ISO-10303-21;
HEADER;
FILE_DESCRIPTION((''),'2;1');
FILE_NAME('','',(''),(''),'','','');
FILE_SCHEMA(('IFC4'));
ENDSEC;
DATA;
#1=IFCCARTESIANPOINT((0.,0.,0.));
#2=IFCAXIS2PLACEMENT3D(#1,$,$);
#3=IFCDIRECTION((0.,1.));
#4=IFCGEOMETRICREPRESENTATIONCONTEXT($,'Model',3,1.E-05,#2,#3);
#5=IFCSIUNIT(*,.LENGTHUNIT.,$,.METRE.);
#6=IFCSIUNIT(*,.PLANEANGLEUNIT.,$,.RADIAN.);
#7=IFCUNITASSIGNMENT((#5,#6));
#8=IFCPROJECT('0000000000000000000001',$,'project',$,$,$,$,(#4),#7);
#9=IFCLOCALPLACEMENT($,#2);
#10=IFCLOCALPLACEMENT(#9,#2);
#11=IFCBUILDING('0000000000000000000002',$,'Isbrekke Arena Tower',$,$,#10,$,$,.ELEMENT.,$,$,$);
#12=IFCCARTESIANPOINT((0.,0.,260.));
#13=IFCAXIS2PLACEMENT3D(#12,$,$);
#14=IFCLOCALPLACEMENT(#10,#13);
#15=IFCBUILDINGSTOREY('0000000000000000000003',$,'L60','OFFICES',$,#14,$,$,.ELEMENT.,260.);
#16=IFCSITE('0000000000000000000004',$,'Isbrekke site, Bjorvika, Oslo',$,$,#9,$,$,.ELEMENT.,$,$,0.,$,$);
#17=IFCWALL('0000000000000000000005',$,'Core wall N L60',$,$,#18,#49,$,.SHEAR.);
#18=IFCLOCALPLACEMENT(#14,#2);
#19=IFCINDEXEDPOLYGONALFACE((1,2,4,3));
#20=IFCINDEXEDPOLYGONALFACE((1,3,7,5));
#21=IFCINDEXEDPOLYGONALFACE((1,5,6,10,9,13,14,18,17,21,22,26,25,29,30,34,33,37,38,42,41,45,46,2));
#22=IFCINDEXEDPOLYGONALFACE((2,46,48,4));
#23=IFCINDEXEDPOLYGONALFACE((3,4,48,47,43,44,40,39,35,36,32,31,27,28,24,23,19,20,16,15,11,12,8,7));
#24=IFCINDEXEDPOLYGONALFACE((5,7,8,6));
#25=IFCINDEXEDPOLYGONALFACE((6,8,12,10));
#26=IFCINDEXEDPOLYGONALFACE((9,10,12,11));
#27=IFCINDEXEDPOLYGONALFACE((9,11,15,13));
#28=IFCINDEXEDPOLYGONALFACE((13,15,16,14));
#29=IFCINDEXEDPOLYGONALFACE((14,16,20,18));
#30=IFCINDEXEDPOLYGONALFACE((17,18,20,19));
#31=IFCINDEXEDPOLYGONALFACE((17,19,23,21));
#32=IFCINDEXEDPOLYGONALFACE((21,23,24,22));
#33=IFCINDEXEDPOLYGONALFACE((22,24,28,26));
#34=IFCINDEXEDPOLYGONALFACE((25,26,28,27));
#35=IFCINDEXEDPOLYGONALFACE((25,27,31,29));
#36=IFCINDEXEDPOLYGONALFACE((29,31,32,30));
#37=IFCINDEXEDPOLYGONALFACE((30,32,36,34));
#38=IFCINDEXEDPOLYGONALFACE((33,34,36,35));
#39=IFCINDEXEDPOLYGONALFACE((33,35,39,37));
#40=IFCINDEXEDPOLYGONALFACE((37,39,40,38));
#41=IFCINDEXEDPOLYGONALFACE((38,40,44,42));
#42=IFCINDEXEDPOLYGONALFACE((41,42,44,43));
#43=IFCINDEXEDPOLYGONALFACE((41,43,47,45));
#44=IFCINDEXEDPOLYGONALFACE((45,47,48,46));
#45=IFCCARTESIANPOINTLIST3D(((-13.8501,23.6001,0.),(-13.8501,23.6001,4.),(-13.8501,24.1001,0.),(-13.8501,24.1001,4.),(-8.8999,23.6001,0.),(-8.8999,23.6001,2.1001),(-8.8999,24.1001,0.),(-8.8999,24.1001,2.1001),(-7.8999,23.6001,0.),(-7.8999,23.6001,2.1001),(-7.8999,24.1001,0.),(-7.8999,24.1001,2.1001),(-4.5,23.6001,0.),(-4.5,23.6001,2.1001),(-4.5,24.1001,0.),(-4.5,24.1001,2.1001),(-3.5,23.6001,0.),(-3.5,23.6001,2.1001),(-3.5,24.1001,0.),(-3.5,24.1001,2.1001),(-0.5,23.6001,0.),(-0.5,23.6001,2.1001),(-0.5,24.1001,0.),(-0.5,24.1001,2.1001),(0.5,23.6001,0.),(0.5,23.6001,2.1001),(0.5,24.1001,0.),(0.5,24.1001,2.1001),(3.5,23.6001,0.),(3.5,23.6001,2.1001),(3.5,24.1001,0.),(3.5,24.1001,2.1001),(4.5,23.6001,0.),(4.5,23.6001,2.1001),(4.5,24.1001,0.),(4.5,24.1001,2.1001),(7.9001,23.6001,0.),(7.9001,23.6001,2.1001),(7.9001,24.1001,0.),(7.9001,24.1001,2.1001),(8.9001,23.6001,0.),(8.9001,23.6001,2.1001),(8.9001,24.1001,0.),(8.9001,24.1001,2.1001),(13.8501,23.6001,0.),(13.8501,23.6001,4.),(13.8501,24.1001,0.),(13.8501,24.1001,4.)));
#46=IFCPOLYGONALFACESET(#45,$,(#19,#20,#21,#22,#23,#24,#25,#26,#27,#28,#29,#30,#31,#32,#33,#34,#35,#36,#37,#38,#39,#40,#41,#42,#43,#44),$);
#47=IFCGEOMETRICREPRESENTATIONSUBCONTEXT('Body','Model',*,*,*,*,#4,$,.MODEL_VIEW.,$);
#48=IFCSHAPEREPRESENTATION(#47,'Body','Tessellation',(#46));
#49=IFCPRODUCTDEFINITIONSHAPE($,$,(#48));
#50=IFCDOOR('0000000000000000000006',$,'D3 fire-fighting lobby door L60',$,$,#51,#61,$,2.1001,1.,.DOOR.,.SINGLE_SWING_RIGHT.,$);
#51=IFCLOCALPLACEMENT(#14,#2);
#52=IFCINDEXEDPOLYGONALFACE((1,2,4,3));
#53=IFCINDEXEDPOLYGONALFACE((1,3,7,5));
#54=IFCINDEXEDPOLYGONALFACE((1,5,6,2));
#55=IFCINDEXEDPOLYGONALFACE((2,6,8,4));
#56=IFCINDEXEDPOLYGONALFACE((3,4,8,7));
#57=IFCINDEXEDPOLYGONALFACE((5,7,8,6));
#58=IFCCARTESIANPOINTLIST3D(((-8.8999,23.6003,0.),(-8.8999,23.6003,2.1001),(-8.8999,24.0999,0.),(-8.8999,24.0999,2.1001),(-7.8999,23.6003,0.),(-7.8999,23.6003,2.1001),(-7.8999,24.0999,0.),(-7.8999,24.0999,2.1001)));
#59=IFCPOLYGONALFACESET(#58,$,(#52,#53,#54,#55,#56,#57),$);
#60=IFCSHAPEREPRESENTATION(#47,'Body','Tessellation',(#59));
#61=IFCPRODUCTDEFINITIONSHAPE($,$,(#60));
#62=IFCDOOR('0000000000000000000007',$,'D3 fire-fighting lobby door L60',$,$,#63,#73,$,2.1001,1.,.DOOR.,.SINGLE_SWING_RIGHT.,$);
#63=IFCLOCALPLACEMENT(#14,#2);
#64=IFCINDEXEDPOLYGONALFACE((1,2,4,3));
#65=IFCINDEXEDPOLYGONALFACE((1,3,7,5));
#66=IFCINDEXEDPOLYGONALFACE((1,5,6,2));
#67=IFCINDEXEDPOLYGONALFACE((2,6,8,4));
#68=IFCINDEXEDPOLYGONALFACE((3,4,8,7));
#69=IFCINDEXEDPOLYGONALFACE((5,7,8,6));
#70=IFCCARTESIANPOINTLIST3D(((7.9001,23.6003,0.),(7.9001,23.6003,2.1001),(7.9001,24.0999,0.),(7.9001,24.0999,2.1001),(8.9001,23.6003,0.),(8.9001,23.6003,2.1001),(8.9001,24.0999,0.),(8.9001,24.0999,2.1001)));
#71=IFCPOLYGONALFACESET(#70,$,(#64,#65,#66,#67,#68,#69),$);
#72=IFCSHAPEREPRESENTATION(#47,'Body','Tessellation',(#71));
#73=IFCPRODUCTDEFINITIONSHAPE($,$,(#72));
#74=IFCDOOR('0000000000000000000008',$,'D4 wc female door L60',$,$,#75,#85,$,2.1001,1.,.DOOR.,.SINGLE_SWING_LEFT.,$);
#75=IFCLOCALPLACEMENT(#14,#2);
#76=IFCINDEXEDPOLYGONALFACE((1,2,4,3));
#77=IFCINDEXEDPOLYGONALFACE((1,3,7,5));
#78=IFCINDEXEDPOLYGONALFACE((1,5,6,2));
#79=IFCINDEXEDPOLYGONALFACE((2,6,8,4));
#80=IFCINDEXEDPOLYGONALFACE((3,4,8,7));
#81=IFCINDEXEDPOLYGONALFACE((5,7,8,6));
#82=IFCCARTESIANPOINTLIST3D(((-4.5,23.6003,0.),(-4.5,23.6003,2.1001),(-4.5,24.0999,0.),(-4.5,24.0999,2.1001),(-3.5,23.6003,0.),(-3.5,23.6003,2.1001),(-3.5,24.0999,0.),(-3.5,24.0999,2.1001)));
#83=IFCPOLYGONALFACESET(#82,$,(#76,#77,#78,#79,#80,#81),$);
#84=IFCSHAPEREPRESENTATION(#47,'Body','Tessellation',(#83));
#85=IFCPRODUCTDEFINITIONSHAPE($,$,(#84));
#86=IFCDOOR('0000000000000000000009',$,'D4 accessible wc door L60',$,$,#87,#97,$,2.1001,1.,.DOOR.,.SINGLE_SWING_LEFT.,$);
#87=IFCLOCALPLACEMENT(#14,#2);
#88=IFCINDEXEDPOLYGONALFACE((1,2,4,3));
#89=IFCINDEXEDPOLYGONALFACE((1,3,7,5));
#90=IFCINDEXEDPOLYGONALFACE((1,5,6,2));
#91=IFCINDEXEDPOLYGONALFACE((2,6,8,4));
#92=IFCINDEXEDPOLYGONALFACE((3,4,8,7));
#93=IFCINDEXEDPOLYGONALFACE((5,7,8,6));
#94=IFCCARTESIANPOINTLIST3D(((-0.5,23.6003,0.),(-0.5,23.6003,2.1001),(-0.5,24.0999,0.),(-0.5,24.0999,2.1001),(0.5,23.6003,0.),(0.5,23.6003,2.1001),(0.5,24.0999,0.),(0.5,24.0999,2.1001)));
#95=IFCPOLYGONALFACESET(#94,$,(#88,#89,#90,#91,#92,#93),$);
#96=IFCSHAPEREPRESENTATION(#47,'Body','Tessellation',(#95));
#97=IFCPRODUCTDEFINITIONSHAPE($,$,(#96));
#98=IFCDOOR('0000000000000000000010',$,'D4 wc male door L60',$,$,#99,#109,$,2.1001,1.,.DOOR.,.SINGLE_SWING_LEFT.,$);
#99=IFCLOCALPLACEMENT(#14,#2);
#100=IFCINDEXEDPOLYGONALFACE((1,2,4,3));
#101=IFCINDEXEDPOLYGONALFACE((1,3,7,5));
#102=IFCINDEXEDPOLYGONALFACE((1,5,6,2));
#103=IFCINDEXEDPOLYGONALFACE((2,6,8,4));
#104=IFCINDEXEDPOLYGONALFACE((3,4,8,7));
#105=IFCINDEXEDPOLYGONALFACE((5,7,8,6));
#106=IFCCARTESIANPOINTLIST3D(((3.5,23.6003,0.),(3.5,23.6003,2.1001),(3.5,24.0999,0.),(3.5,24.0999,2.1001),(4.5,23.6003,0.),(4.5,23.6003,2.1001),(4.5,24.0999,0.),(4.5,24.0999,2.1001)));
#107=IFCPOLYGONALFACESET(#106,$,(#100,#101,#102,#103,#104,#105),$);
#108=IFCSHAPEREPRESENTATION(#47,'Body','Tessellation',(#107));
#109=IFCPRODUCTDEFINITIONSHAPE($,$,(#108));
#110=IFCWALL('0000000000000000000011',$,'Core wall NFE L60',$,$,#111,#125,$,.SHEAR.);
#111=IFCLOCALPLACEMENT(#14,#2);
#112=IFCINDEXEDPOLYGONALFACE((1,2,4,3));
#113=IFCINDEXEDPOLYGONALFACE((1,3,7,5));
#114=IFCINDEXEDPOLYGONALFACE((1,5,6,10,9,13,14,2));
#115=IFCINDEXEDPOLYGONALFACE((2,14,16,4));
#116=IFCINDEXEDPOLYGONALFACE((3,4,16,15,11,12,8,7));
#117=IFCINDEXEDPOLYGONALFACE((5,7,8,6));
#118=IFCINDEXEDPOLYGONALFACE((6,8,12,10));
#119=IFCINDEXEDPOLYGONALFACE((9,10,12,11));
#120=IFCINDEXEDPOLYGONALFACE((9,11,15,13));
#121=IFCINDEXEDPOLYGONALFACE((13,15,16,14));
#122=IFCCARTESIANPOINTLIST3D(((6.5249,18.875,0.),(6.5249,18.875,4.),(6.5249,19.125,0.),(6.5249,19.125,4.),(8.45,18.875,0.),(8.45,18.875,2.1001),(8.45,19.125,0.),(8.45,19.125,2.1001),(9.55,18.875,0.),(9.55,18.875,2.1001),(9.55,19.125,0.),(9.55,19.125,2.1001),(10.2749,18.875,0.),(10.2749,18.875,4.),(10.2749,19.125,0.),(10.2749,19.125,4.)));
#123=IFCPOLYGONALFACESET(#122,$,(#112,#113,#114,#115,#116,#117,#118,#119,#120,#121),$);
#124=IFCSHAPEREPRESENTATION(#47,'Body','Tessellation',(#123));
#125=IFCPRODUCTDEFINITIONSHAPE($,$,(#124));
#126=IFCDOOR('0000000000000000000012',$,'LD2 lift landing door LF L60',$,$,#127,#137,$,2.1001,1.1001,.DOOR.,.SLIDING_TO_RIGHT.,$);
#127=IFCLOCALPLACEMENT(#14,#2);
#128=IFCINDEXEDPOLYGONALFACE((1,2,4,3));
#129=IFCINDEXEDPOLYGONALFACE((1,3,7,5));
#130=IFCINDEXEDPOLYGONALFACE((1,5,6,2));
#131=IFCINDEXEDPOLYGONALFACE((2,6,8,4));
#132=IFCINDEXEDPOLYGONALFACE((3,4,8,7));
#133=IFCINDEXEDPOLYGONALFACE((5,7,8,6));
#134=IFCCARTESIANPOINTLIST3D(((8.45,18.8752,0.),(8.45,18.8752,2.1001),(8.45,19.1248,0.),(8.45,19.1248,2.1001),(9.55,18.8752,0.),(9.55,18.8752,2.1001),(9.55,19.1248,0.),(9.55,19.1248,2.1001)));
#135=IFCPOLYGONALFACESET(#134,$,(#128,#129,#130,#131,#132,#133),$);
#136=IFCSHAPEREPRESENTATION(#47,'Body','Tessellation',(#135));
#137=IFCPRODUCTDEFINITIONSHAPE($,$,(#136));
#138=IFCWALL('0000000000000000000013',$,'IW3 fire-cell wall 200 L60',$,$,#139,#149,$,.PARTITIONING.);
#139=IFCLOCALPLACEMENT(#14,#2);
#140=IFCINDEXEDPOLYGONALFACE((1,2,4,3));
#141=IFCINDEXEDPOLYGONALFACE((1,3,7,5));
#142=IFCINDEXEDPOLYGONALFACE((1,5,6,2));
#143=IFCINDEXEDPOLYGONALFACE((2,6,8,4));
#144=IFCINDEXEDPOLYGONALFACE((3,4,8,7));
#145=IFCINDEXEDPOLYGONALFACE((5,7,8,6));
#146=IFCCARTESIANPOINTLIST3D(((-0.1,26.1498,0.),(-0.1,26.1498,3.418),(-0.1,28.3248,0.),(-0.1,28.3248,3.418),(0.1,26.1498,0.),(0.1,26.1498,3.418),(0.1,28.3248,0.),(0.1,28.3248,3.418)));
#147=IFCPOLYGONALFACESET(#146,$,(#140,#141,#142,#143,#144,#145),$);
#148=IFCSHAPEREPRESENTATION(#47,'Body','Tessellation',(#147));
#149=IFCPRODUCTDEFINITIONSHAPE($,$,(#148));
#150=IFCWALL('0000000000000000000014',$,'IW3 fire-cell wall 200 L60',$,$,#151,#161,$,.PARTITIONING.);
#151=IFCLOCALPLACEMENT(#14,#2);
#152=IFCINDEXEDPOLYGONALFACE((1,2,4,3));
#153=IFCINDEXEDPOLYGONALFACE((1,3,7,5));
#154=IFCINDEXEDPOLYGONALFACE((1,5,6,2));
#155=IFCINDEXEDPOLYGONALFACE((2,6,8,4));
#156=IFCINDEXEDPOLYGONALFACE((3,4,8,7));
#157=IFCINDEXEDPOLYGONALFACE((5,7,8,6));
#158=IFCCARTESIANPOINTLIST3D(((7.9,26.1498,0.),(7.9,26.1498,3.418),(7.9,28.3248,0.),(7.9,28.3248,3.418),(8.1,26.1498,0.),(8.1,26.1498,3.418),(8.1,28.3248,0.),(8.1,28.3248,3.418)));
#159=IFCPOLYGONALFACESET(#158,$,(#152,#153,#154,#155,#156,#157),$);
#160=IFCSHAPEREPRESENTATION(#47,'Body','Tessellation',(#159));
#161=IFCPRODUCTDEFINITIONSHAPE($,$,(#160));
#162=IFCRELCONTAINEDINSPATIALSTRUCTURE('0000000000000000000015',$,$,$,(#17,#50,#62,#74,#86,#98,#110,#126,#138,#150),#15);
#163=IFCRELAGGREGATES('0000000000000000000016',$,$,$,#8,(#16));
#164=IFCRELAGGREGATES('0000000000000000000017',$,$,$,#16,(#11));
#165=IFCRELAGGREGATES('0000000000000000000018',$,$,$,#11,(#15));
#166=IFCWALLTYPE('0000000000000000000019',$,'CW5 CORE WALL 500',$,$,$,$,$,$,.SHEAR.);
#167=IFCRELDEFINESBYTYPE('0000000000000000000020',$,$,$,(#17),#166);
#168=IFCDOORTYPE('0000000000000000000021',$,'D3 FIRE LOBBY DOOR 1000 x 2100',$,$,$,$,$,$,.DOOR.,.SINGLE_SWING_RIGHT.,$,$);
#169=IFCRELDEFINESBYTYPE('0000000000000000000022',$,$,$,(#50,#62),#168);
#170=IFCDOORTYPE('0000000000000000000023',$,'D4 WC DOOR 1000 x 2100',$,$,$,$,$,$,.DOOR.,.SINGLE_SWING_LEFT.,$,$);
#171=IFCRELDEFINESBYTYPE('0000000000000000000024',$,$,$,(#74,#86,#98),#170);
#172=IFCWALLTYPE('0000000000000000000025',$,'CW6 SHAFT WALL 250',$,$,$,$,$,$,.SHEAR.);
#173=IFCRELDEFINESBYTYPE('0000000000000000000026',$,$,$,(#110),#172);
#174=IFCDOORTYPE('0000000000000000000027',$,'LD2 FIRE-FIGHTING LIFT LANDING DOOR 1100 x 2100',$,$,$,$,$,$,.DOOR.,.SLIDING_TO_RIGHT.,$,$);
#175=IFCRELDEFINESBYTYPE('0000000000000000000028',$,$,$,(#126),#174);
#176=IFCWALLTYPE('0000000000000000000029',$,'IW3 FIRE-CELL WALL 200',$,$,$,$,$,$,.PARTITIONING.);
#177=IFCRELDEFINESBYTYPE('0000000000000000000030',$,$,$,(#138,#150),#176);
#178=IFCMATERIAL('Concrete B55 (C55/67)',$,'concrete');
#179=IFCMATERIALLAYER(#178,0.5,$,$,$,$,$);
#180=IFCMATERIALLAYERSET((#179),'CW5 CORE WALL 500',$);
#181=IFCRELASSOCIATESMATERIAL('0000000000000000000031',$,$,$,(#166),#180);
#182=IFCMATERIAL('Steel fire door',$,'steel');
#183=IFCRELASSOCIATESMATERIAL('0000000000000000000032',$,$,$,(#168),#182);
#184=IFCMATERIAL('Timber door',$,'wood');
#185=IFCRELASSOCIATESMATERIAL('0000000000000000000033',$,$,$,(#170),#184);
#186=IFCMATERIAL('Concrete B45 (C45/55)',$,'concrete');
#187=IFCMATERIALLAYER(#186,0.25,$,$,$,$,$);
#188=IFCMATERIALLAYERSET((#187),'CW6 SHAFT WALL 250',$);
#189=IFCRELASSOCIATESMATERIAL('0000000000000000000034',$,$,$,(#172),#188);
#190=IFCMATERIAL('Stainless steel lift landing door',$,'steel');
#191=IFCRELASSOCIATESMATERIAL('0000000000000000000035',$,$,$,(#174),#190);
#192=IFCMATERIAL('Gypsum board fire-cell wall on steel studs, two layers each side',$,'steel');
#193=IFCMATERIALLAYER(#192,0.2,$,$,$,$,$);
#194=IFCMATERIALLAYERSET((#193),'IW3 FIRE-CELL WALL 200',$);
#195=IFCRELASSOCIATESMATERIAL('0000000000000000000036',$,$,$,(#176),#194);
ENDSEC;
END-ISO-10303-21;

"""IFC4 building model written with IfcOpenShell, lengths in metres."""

from ifc_helpers import new_model, si_unit, direction, frame, frame_2d, origin, place, context, subcontext, project, spatial, rectangle, extrude, material, layer, layer_set, type_object, element, fill, save


model = new_model("IFC4")

# Units and contexts
model_context = context("Model", 3, precision=1e-05, world=origin(), true_north=direction((0.0, 1.0)))
body_context = subcontext(model_context, "Body", "Model", "MODEL_VIEW")
ifc_project = project(units=[si_unit("LENGTHUNIT", "METRE"), si_unit("PLANEANGLEUNIT", "RADIAN")], contexts=[model_context])

# Site, building, storey
site_placement = place(None, origin())
site = spatial("IfcSite", under=ifc_project, at=site_placement, Name="Isbrekke site, Bjorvika, Oslo", CompositionType="ELEMENT", RefElevation=0.0)
building_placement = place(site_placement, origin())
building = spatial("IfcBuilding", under=site, at=building_placement, Name="Isbrekke Arena Tower", CompositionType="ELEMENT")
storey_placement = place(building_placement, frame((0.0, 0.0, 260.0)))
storey = spatial("IfcBuildingStorey", under=building, at=storey_placement, Name="L60", Description="OFFICES", CompositionType="ELEMENT", Elevation=260.0)

# Wall, openings, doors
ifc_material_1 = material(Name="Concrete B55 (C55/67)", Category="concrete")
ifc_layer_1 = layer(ifc_material_1, 0.5)
ifc_layer_set_1 = layer_set([ifc_layer_1], Name="CW5 CORE WALL 500")
wall_type_1 = type_object("IfcWallType", Name="CW5 CORE WALL 500", PredefinedType="SHEAR", material=ifc_layer_set_1)
wall_1_placement = place(storey_placement, frame((13.8501, 23.8501, 0.0), z_axis=(0.0, 0.0, 1.0), x_axis=(-1.0, 0.0, 0.0)))
wall_1 = element("IfcWall", 1, at=wall_1_placement, inside=storey, type_object=wall_type_1, Name="Core wall N L60", PredefinedType="SHEAR", context=body_context, shape_type="SweptSolid", body=[
    extrude(rectangle(XDim=27.7002, YDim=0.5, at=frame_2d((13.8501, 0.0))), origin(), (0.0, 0.0, 1.0), 4.0),
])
opening_1_placement = place(wall_1_placement, frame((21.75, 0.0, 0.0)))
opening_1 = element("IfcOpeningElement", 2, at=opening_1_placement, cuts=wall_1, PredefinedType="OPENING", context=body_context, shape_type="SweptSolid", body=[
    extrude(rectangle(XDim=1.0, YDim=2.1001, at=frame_2d((0.5, 1.05))), frame((0.0, 0.2649, 0.0), z_axis=(0.0, -1.0, 0.0), x_axis=(1.0, 0.0, 0.0)), (0.0, 0.0, 1.0), 0.5298),
])
opening_2_placement = place(wall_1_placement, frame((4.95, 0.0, 0.0)))
opening_2 = element("IfcOpeningElement", 3, at=opening_2_placement, cuts=wall_1, PredefinedType="OPENING", context=body_context, shape_type="SweptSolid", body=[
    extrude(rectangle(XDim=1.0, YDim=2.1001, at=frame_2d((0.5, 1.05))), frame((0.0, 0.2649, 0.0), z_axis=(0.0, -1.0, 0.0), x_axis=(1.0, 0.0, 0.0)), (0.0, 0.0, 1.0), 0.5298),
])
opening_3_placement = place(wall_1_placement, frame((17.3501, 0.0, 0.0)))
opening_3 = element("IfcOpeningElement", 4, at=opening_3_placement, cuts=wall_1, PredefinedType="OPENING", context=body_context, shape_type="SweptSolid", body=[
    extrude(rectangle(XDim=1.0, YDim=2.1001, at=frame_2d((0.5, 1.05))), frame((0.0, 0.2649, 0.0), z_axis=(0.0, -1.0, 0.0), x_axis=(1.0, 0.0, 0.0)), (0.0, 0.0, 1.0), 0.5298),
])
opening_4_placement = place(wall_1_placement, frame((13.3501, 0.0, 0.0)))
opening_4 = element("IfcOpeningElement", 5, at=opening_4_placement, cuts=wall_1, PredefinedType="OPENING", context=body_context, shape_type="SweptSolid", body=[
    extrude(rectangle(XDim=1.0, YDim=2.1001, at=frame_2d((0.5, 1.05))), frame((0.0, 0.2649, 0.0), z_axis=(0.0, -1.0, 0.0), x_axis=(1.0, 0.0, 0.0)), (0.0, 0.0, 1.0), 0.5298),
])
opening_5_placement = place(wall_1_placement, frame((9.3501, 0.0, 0.0)))
opening_5 = element("IfcOpeningElement", 6, at=opening_5_placement, cuts=wall_1, PredefinedType="OPENING", context=body_context, shape_type="SweptSolid", body=[
    extrude(rectangle(XDim=1.0, YDim=2.1001, at=frame_2d((0.5, 1.05))), frame((0.0, 0.2649, 0.0), z_axis=(0.0, -1.0, 0.0), x_axis=(1.0, 0.0, 0.0)), (0.0, 0.0, 1.0), 0.5298),
])
ifc_material_2 = material(Name="Steel fire door", Category="steel")
door_type_1 = type_object("IfcDoorType", Name="D3 FIRE LOBBY DOOR 1000 x 2100", OperationType="SINGLE_SWING_RIGHT", PredefinedType="DOOR", material=ifc_material_2)
door_1_placement = place(opening_1_placement, origin())
door_1 = element("IfcDoor", 7, at=door_1_placement, inside=storey, type_object=door_type_1, Name="D3 fire-fighting lobby door L60", OperationType="SINGLE_SWING_RIGHT", OverallHeight=2.1001, OverallWidth=1.0, PredefinedType="DOOR", context=body_context, shape_type="SweptSolid", body=[
    extrude(rectangle(XDim=1.0, YDim=2.1001, at=frame_2d((0.5, 1.05))), frame((0.0, 0.2498, 0.0), z_axis=(0.0, -1.0, 0.0), x_axis=(1.0, 0.0, 0.0)), (0.0, 0.0, 1.0), 0.4995),
])
fill(opening_1, door_1)
door_2_placement = place(opening_2_placement, origin())
door_2 = element("IfcDoor", 8, at=door_2_placement, inside=storey, type_object=door_type_1, Name="D3 fire-fighting lobby door L60", OperationType="SINGLE_SWING_RIGHT", OverallHeight=2.1001, OverallWidth=1.0, PredefinedType="DOOR", context=body_context, shape_type="SweptSolid", body=[
    extrude(rectangle(XDim=1.0, YDim=2.1001, at=frame_2d((0.5, 1.05))), frame((0.0, 0.2498, 0.0), z_axis=(0.0, -1.0, 0.0), x_axis=(1.0, 0.0, 0.0)), (0.0, 0.0, 1.0), 0.4995),
])
fill(opening_2, door_2)
ifc_material_3 = material(Name="Timber door", Category="wood")
door_type_2 = type_object("IfcDoorType", Name="D4 WC DOOR 1000 x 2100", OperationType="SINGLE_SWING_LEFT", PredefinedType="DOOR", material=ifc_material_3)
door_3_placement = place(opening_3_placement, origin())
door_3 = element("IfcDoor", 9, at=door_3_placement, inside=storey, type_object=door_type_2, Name="D4 wc female door L60", OperationType="SINGLE_SWING_LEFT", OverallHeight=2.1001, OverallWidth=1.0, PredefinedType="DOOR", context=body_context, shape_type="SweptSolid", body=[
    extrude(rectangle(XDim=1.0, YDim=2.1001, at=frame_2d((0.5, 1.05))), frame((0.0, 0.2498, 0.0), z_axis=(0.0, -1.0, 0.0), x_axis=(1.0, 0.0, 0.0)), (0.0, 0.0, 1.0), 0.4995),
])
fill(opening_3, door_3)
door_4_placement = place(opening_4_placement, origin())
door_4 = element("IfcDoor", 10, at=door_4_placement, inside=storey, type_object=door_type_2, Name="D4 accessible wc door L60", OperationType="SINGLE_SWING_LEFT", OverallHeight=2.1001, OverallWidth=1.0, PredefinedType="DOOR", context=body_context, shape_type="SweptSolid", body=[
    extrude(rectangle(XDim=1.0, YDim=2.1001, at=frame_2d((0.5, 1.05))), frame((0.0, 0.2498, 0.0), z_axis=(0.0, -1.0, 0.0), x_axis=(1.0, 0.0, 0.0)), (0.0, 0.0, 1.0), 0.4995),
])
fill(opening_4, door_4)
door_5_placement = place(opening_5_placement, origin())
door_5 = element("IfcDoor", 11, at=door_5_placement, inside=storey, type_object=door_type_2, Name="D4 wc male door L60", OperationType="SINGLE_SWING_LEFT", OverallHeight=2.1001, OverallWidth=1.0, PredefinedType="DOOR", context=body_context, shape_type="SweptSolid", body=[
    extrude(rectangle(XDim=1.0, YDim=2.1001, at=frame_2d((0.5, 1.05))), frame((0.0, 0.2498, 0.0), z_axis=(0.0, -1.0, 0.0), x_axis=(1.0, 0.0, 0.0)), (0.0, 0.0, 1.0), 0.4995),
])
fill(opening_5, door_5)

# Wall, opening, door
ifc_material_4 = material(Name="Concrete B45 (C45/55)", Category="concrete")
ifc_layer_2 = layer(ifc_material_4, 0.25)
ifc_layer_set_2 = layer_set([ifc_layer_2], Name="CW6 SHAFT WALL 250")
wall_type_2 = type_object("IfcWallType", Name="CW6 SHAFT WALL 250", PredefinedType="SHEAR", material=ifc_layer_set_2)
wall_2_placement = place(storey_placement, frame((6.5249, 19.0, 0.0), z_axis=(0.0, 0.0, 1.0), x_axis=(1.0, 0.0, 0.0)))
wall_2 = element("IfcWall", 12, at=wall_2_placement, inside=storey, type_object=wall_type_2, Name="Core wall NFE L60", PredefinedType="SHEAR", context=body_context, shape_type="SweptSolid", body=[
    extrude(rectangle(XDim=3.75, YDim=0.25, at=frame_2d((1.875, 0.0))), origin(), (0.0, 0.0, 1.0), 4.0),
])
opening_6_placement = place(wall_2_placement, frame((1.925, 0.0, 0.0)))
opening_6 = element("IfcOpeningElement", 13, at=opening_6_placement, cuts=wall_2, PredefinedType="OPENING", context=body_context, shape_type="SweptSolid", body=[
    extrude(rectangle(XDim=1.1001, YDim=2.1001, at=frame_2d((0.55, 1.05))), frame((0.0, 0.1399, 0.0), z_axis=(0.0, -1.0, 0.0), x_axis=(1.0, 0.0, 0.0)), (0.0, 0.0, 1.0), 0.2798),
])
ifc_material_5 = material(Name="Stainless steel lift landing door", Category="steel")
door_type_3 = type_object("IfcDoorType", Name="LD2 FIRE-FIGHTING LIFT LANDING DOOR 1100 x 2100", OperationType="SLIDING_TO_RIGHT", PredefinedType="DOOR", material=ifc_material_5)
door_6_placement = place(opening_6_placement, origin())
door_6 = element("IfcDoor", 14, at=door_6_placement, inside=storey, type_object=door_type_3, Name="LD2 lift landing door LF L60", OperationType="SLIDING_TO_RIGHT", OverallHeight=2.1001, OverallWidth=1.1001, PredefinedType="DOOR", context=body_context, shape_type="SweptSolid", body=[
    extrude(rectangle(XDim=1.1001, YDim=2.1001, at=frame_2d((0.55, 1.05))), frame((0.0, 0.1248, 0.0), z_axis=(0.0, -1.0, 0.0), x_axis=(1.0, 0.0, 0.0)), (0.0, 0.0, 1.0), 0.2495),
])
fill(opening_6, door_6)

# Walls
ifc_material_6 = material(Name="Gypsum board fire-cell wall on steel studs, two layers each side", Category="steel")
ifc_layer_3 = layer(ifc_material_6, 0.2)
ifc_layer_set_3 = layer_set([ifc_layer_3], Name="IW3 FIRE-CELL WALL 200")
wall_type_3 = type_object("IfcWallType", Name="IW3 FIRE-CELL WALL 200", PredefinedType="PARTITIONING", material=ifc_layer_set_3)
for number, where, z_axis, x_axis, name in (
    (15, (0.0, 26.1499, 0.0), (0.0, 0.0, 1.0), (0.0, 1.0, 0.0), "IW3 fire-cell wall 200 L60"),
    (16, (8.0, 26.1499, 0.0), (0.0, 0.0, 1.0), (0.0, 1.0, 0.0), "IW3 fire-cell wall 200 L60"),
):
    element("IfcWall", number, at=place(storey_placement, frame(where, z_axis=z_axis, x_axis=x_axis)), inside=storey, type_object=wall_type_3, Name=name, PredefinedType="PARTITIONING", context=body_context, shape_type="SweptSolid", body=[
        extrude(rectangle(XDim=2.175, YDim=0.2, at=frame_2d((1.0874, 0.0))), origin(), (0.0, 0.0, 1.0), 3.418),
    ])

save(model, "model.ifc")
